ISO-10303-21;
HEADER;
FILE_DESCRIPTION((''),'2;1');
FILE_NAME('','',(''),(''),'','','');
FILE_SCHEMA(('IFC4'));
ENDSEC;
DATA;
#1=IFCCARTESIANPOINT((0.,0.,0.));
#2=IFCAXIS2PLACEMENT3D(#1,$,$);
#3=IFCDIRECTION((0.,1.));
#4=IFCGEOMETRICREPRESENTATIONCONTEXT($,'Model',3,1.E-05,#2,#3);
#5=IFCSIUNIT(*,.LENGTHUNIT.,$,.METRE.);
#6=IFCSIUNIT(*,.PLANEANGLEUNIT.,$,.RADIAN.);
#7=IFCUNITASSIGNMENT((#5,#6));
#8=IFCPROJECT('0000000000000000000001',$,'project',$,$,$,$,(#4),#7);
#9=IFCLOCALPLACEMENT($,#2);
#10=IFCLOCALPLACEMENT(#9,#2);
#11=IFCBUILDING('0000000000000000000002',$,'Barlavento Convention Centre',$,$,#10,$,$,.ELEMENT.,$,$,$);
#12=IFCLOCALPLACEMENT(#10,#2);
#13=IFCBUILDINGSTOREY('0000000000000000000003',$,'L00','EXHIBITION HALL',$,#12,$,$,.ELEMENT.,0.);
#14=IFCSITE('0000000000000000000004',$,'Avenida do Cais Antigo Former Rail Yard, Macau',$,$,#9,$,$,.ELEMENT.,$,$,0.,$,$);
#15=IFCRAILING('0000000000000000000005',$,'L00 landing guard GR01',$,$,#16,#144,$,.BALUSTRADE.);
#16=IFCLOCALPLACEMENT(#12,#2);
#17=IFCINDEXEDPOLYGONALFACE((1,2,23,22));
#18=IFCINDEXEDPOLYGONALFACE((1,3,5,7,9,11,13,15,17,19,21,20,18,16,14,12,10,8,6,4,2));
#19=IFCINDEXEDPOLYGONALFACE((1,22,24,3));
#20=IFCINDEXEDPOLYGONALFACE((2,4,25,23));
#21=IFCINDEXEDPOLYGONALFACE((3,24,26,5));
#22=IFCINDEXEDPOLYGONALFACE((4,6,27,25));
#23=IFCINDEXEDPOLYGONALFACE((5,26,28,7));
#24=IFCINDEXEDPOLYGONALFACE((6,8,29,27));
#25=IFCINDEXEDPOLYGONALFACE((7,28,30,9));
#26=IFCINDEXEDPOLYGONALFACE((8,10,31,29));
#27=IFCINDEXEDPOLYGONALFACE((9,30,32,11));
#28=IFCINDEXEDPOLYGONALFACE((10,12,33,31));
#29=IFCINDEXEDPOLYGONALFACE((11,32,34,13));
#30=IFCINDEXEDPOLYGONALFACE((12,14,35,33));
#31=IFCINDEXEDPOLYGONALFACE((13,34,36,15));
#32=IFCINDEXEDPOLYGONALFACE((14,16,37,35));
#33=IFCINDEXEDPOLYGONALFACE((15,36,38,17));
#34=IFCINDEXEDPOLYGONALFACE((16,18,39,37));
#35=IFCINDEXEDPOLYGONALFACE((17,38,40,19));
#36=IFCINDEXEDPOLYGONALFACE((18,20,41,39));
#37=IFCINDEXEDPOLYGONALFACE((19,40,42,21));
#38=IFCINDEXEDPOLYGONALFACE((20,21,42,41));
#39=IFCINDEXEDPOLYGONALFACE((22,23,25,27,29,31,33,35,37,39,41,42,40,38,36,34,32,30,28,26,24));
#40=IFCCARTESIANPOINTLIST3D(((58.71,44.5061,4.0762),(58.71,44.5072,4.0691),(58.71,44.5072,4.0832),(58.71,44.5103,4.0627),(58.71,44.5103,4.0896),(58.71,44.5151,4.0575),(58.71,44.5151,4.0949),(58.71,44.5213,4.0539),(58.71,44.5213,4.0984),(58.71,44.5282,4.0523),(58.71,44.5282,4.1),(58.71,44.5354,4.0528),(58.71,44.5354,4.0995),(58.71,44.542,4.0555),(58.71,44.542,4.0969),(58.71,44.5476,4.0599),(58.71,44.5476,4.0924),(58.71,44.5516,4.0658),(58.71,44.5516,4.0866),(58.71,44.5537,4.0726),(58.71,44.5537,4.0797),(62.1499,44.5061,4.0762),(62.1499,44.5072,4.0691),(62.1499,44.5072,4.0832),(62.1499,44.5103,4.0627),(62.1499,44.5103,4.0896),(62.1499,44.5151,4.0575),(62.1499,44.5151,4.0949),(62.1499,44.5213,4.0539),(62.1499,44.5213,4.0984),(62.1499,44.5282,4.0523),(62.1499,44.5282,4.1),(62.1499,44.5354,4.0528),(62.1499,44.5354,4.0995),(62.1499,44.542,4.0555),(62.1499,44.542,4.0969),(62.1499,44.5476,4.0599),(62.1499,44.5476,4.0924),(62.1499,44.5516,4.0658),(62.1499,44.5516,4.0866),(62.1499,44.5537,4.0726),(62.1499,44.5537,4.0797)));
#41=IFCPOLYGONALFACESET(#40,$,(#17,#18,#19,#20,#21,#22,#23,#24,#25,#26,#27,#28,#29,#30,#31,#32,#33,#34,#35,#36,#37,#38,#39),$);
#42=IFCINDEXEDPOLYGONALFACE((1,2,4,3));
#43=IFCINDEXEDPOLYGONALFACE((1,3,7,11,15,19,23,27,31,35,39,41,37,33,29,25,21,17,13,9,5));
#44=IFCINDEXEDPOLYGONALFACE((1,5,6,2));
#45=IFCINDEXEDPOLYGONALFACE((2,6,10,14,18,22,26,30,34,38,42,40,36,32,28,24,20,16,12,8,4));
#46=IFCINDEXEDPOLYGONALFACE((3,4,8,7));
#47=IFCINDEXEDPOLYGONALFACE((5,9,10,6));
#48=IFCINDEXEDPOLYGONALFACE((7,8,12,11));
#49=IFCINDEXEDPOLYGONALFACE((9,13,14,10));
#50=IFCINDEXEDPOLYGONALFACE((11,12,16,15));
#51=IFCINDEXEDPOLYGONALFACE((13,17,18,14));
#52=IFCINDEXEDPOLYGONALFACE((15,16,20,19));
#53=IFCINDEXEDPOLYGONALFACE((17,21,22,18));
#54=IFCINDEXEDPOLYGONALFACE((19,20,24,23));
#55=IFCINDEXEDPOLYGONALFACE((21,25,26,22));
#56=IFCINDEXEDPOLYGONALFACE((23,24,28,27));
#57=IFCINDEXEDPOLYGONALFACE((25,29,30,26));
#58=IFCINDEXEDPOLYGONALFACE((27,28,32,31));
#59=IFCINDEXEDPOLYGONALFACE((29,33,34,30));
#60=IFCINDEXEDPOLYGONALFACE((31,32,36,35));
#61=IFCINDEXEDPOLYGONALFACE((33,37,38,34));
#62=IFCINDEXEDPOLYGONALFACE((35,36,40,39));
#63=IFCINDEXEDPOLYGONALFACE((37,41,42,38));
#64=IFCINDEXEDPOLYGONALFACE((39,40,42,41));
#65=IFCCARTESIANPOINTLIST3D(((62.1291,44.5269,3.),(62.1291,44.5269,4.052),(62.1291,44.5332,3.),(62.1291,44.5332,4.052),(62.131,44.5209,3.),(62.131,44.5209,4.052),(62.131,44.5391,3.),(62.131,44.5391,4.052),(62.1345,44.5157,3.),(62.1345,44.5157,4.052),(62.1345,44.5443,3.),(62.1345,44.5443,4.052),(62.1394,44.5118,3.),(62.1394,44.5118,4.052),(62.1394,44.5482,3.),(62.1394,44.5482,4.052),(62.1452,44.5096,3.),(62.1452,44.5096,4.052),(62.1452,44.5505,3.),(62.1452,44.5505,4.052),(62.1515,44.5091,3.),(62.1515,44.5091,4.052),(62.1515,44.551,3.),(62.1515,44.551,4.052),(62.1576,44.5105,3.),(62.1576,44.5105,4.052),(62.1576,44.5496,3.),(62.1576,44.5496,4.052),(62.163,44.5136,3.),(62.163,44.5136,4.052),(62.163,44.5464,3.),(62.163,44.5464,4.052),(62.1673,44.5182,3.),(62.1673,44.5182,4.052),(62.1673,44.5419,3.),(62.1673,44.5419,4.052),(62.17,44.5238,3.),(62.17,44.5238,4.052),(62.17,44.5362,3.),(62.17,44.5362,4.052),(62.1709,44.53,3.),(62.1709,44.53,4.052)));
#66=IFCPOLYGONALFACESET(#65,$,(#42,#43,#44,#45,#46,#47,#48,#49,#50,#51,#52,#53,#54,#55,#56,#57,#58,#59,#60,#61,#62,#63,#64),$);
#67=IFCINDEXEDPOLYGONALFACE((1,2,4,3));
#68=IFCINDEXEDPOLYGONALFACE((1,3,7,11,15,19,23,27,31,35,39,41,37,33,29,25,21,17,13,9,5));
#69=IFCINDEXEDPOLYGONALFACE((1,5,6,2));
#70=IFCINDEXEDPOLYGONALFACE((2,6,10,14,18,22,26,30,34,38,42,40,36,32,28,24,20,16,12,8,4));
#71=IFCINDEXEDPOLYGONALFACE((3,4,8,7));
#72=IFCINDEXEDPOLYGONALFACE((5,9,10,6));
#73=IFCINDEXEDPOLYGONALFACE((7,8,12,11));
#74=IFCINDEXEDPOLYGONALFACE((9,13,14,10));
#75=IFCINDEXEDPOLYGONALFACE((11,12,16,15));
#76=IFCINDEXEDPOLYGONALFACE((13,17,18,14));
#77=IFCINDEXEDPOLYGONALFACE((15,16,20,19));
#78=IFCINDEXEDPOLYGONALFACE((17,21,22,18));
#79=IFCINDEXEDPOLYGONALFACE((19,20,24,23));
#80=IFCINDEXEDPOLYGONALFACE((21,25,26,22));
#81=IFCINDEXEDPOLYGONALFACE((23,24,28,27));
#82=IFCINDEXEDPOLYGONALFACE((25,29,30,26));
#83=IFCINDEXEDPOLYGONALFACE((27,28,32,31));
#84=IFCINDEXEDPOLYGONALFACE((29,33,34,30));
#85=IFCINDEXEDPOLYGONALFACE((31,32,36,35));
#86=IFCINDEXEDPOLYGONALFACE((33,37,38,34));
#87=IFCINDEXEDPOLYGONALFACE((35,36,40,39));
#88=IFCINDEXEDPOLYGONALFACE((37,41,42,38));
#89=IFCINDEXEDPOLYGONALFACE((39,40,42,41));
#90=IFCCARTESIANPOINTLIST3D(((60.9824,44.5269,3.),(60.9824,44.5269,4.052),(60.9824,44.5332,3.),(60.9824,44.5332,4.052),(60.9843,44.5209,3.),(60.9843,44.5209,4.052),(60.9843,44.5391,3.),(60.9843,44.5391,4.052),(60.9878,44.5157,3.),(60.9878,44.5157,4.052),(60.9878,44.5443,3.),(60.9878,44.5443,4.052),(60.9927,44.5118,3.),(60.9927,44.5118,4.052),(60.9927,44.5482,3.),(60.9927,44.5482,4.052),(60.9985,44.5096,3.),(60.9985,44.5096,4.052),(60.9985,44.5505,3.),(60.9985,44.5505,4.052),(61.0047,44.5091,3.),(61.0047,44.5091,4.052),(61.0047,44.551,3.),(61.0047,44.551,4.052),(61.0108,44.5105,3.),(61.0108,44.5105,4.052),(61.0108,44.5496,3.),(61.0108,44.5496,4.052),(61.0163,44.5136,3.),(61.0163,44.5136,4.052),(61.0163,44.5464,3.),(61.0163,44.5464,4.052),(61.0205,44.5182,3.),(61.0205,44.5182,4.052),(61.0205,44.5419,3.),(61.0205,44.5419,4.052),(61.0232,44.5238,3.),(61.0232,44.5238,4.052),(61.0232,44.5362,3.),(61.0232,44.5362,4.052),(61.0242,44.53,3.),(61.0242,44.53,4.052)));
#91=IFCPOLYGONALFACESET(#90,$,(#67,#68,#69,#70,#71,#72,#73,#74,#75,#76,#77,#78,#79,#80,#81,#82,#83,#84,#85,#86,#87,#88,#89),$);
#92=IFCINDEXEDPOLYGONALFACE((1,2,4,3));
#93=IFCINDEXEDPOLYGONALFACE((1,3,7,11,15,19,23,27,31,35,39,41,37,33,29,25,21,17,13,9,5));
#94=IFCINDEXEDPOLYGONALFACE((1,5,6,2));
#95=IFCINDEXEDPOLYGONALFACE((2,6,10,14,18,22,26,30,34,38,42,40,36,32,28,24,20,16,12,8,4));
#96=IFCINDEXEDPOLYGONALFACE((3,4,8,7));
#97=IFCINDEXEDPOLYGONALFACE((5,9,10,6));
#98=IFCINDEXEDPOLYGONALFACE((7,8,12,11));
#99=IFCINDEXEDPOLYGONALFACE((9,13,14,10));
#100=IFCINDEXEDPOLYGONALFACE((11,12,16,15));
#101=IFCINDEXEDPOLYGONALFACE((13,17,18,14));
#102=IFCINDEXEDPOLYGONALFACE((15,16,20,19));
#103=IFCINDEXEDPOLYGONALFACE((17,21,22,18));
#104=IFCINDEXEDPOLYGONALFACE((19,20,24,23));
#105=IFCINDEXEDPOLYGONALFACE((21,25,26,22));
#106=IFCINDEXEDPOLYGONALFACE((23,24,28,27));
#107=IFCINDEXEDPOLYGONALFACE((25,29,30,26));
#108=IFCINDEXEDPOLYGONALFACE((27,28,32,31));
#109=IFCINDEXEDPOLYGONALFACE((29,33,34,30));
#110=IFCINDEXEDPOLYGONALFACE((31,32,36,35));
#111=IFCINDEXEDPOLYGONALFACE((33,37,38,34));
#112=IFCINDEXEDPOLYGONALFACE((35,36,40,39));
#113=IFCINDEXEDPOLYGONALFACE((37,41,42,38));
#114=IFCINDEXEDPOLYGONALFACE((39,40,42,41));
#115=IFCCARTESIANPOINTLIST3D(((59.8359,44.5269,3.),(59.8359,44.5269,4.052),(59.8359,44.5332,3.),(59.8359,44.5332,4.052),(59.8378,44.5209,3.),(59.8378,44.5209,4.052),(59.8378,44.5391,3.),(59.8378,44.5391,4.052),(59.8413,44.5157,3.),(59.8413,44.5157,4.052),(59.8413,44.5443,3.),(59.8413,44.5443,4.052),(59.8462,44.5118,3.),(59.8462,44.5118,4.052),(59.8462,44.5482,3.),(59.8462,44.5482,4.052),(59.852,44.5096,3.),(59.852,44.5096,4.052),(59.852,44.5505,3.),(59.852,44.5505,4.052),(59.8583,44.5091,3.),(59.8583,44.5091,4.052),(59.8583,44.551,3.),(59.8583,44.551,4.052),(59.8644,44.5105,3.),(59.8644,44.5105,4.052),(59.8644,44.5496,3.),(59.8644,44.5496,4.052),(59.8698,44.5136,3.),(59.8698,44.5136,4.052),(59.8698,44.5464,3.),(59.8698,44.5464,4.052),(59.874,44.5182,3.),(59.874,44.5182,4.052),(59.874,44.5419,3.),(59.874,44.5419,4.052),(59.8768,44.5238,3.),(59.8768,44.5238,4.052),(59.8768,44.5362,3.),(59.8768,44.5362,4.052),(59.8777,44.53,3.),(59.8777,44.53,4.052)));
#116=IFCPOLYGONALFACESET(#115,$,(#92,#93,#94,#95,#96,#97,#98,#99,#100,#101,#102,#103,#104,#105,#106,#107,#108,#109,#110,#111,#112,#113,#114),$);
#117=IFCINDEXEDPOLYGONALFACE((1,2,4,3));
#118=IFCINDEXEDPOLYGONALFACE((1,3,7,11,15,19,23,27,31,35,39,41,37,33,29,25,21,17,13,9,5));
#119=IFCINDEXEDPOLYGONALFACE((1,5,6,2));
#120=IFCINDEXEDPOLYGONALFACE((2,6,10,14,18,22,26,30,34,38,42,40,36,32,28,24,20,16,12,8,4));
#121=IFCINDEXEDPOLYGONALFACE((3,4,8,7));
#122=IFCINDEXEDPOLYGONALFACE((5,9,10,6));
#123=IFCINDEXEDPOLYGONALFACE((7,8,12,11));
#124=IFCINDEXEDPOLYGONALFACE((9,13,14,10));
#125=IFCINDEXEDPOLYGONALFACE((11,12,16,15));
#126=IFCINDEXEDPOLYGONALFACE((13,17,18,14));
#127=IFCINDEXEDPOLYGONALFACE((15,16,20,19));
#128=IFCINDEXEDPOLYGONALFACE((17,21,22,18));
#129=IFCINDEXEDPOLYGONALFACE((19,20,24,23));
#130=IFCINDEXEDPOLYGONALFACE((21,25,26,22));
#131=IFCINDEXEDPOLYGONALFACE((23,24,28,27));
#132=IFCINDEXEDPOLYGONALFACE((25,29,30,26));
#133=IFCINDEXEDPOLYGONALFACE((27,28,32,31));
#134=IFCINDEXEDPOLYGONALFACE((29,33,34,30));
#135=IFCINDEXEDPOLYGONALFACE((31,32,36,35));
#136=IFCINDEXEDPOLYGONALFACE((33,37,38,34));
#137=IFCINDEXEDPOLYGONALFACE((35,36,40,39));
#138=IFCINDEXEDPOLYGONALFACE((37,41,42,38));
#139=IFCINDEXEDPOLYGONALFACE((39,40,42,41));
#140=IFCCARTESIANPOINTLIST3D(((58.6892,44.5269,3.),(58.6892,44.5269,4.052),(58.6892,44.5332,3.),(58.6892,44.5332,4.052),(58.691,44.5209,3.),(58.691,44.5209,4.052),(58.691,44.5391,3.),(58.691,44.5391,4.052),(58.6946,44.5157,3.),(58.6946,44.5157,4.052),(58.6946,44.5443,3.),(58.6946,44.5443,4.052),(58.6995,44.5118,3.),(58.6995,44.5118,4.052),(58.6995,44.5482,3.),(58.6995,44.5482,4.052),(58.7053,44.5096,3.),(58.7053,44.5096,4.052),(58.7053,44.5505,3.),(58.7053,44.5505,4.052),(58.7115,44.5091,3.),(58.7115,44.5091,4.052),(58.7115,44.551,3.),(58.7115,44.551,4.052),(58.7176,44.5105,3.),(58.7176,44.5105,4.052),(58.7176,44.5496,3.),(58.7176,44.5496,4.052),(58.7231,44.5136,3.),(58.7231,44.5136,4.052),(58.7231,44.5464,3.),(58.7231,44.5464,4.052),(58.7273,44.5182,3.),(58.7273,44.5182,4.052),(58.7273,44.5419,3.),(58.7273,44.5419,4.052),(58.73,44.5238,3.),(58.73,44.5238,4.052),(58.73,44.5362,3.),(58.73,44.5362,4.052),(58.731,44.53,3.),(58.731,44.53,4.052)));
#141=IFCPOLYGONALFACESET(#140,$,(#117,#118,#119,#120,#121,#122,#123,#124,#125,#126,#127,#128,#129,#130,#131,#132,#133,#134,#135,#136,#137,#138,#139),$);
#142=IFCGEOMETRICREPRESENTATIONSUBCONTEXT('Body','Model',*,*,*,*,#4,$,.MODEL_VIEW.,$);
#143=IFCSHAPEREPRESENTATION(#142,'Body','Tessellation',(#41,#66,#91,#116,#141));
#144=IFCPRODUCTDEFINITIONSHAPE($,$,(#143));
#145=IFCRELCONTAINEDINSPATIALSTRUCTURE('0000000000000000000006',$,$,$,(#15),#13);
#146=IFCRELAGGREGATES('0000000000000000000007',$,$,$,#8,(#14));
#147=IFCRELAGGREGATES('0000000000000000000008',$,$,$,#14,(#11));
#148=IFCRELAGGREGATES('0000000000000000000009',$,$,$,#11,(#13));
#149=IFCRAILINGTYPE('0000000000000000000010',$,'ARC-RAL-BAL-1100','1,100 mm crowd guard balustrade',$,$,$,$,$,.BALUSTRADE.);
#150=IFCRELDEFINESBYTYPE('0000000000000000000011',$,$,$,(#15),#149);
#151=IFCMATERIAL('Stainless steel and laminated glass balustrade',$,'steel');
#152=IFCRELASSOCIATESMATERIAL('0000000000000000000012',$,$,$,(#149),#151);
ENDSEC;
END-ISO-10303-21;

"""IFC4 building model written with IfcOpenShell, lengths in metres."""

from ifc_helpers import new_model, si_unit, direction, frame, origin, origin_2d, place, context, subcontext, project, spatial, circle, extrude, material, type_object, element, save


model = new_model("IFC4")

# Units and contexts
model_context = context("Model", 3, precision=1e-05, world=origin(), true_north=direction((0.0, 1.0)))
body_context = subcontext(model_context, "Body", "Model", "MODEL_VIEW")
ifc_project = project(units=[si_unit("LENGTHUNIT", "METRE"), si_unit("PLANEANGLEUNIT", "RADIAN")], contexts=[model_context])

# Site, building, storey
site_placement = place(None, origin())
site = spatial("IfcSite", under=ifc_project, at=site_placement, Name="Avenida do Cais Antigo Former Rail Yard, Macau", CompositionType="ELEMENT", RefElevation=0.0)
building_placement = place(site_placement, origin())
building = spatial("IfcBuilding", under=site, at=building_placement, Name="Barlavento Convention Centre", CompositionType="ELEMENT")
storey_placement = place(building_placement, origin())
storey = spatial("IfcBuildingStorey", under=building, at=storey_placement, Name="L00", Description="EXHIBITION HALL", CompositionType="ELEMENT", Elevation=0.0)

# Railing
ifc_material_1 = material(Name="Stainless steel and laminated glass balustrade", Category="steel")
railing_type_1 = type_object("IfcRailingType", Name="ARC-RAL-BAL-1100", Description="1,100 mm crowd guard balustrade", PredefinedType="BALUSTRADE", material=ifc_material_1)
railing_1_placement = place(storey_placement, frame((62.1499, 44.53, 3.0)))
element("IfcRailing", 1, at=railing_1_placement, inside=storey, type_object=railing_type_1, Name="L00 landing guard GR01", PredefinedType="BALUSTRADE", context=body_context, shape_type="SweptSolid", body=[
    extrude(circle(Radius=0.0239, at=origin_2d()), frame((0.0, 0.0, 1.0762), z_axis=(-1.0, 0.0, 0.0), x_axis=(0.0, -1.0, 0.0)), (0.0, 0.0, 1.0), 3.4399),
    extrude(circle(Radius=0.021, at=origin_2d()), origin(), (0.0, 0.0, 1.0), 1.052),
    extrude(circle(Radius=0.021, at=origin_2d()), frame((-1.1467, 0.0, 0.0)), (0.0, 0.0, 1.0), 1.052),
    extrude(circle(Radius=0.021, at=origin_2d()), frame((-2.2932, 0.0, 0.0)), (0.0, 0.0, 1.0), 1.052),
    extrude(circle(Radius=0.021, at=origin_2d()), frame((-3.4399, 0.0, 0.0)), (0.0, 0.0, 1.0), 1.052),
])

save(model, "model.ifc")
